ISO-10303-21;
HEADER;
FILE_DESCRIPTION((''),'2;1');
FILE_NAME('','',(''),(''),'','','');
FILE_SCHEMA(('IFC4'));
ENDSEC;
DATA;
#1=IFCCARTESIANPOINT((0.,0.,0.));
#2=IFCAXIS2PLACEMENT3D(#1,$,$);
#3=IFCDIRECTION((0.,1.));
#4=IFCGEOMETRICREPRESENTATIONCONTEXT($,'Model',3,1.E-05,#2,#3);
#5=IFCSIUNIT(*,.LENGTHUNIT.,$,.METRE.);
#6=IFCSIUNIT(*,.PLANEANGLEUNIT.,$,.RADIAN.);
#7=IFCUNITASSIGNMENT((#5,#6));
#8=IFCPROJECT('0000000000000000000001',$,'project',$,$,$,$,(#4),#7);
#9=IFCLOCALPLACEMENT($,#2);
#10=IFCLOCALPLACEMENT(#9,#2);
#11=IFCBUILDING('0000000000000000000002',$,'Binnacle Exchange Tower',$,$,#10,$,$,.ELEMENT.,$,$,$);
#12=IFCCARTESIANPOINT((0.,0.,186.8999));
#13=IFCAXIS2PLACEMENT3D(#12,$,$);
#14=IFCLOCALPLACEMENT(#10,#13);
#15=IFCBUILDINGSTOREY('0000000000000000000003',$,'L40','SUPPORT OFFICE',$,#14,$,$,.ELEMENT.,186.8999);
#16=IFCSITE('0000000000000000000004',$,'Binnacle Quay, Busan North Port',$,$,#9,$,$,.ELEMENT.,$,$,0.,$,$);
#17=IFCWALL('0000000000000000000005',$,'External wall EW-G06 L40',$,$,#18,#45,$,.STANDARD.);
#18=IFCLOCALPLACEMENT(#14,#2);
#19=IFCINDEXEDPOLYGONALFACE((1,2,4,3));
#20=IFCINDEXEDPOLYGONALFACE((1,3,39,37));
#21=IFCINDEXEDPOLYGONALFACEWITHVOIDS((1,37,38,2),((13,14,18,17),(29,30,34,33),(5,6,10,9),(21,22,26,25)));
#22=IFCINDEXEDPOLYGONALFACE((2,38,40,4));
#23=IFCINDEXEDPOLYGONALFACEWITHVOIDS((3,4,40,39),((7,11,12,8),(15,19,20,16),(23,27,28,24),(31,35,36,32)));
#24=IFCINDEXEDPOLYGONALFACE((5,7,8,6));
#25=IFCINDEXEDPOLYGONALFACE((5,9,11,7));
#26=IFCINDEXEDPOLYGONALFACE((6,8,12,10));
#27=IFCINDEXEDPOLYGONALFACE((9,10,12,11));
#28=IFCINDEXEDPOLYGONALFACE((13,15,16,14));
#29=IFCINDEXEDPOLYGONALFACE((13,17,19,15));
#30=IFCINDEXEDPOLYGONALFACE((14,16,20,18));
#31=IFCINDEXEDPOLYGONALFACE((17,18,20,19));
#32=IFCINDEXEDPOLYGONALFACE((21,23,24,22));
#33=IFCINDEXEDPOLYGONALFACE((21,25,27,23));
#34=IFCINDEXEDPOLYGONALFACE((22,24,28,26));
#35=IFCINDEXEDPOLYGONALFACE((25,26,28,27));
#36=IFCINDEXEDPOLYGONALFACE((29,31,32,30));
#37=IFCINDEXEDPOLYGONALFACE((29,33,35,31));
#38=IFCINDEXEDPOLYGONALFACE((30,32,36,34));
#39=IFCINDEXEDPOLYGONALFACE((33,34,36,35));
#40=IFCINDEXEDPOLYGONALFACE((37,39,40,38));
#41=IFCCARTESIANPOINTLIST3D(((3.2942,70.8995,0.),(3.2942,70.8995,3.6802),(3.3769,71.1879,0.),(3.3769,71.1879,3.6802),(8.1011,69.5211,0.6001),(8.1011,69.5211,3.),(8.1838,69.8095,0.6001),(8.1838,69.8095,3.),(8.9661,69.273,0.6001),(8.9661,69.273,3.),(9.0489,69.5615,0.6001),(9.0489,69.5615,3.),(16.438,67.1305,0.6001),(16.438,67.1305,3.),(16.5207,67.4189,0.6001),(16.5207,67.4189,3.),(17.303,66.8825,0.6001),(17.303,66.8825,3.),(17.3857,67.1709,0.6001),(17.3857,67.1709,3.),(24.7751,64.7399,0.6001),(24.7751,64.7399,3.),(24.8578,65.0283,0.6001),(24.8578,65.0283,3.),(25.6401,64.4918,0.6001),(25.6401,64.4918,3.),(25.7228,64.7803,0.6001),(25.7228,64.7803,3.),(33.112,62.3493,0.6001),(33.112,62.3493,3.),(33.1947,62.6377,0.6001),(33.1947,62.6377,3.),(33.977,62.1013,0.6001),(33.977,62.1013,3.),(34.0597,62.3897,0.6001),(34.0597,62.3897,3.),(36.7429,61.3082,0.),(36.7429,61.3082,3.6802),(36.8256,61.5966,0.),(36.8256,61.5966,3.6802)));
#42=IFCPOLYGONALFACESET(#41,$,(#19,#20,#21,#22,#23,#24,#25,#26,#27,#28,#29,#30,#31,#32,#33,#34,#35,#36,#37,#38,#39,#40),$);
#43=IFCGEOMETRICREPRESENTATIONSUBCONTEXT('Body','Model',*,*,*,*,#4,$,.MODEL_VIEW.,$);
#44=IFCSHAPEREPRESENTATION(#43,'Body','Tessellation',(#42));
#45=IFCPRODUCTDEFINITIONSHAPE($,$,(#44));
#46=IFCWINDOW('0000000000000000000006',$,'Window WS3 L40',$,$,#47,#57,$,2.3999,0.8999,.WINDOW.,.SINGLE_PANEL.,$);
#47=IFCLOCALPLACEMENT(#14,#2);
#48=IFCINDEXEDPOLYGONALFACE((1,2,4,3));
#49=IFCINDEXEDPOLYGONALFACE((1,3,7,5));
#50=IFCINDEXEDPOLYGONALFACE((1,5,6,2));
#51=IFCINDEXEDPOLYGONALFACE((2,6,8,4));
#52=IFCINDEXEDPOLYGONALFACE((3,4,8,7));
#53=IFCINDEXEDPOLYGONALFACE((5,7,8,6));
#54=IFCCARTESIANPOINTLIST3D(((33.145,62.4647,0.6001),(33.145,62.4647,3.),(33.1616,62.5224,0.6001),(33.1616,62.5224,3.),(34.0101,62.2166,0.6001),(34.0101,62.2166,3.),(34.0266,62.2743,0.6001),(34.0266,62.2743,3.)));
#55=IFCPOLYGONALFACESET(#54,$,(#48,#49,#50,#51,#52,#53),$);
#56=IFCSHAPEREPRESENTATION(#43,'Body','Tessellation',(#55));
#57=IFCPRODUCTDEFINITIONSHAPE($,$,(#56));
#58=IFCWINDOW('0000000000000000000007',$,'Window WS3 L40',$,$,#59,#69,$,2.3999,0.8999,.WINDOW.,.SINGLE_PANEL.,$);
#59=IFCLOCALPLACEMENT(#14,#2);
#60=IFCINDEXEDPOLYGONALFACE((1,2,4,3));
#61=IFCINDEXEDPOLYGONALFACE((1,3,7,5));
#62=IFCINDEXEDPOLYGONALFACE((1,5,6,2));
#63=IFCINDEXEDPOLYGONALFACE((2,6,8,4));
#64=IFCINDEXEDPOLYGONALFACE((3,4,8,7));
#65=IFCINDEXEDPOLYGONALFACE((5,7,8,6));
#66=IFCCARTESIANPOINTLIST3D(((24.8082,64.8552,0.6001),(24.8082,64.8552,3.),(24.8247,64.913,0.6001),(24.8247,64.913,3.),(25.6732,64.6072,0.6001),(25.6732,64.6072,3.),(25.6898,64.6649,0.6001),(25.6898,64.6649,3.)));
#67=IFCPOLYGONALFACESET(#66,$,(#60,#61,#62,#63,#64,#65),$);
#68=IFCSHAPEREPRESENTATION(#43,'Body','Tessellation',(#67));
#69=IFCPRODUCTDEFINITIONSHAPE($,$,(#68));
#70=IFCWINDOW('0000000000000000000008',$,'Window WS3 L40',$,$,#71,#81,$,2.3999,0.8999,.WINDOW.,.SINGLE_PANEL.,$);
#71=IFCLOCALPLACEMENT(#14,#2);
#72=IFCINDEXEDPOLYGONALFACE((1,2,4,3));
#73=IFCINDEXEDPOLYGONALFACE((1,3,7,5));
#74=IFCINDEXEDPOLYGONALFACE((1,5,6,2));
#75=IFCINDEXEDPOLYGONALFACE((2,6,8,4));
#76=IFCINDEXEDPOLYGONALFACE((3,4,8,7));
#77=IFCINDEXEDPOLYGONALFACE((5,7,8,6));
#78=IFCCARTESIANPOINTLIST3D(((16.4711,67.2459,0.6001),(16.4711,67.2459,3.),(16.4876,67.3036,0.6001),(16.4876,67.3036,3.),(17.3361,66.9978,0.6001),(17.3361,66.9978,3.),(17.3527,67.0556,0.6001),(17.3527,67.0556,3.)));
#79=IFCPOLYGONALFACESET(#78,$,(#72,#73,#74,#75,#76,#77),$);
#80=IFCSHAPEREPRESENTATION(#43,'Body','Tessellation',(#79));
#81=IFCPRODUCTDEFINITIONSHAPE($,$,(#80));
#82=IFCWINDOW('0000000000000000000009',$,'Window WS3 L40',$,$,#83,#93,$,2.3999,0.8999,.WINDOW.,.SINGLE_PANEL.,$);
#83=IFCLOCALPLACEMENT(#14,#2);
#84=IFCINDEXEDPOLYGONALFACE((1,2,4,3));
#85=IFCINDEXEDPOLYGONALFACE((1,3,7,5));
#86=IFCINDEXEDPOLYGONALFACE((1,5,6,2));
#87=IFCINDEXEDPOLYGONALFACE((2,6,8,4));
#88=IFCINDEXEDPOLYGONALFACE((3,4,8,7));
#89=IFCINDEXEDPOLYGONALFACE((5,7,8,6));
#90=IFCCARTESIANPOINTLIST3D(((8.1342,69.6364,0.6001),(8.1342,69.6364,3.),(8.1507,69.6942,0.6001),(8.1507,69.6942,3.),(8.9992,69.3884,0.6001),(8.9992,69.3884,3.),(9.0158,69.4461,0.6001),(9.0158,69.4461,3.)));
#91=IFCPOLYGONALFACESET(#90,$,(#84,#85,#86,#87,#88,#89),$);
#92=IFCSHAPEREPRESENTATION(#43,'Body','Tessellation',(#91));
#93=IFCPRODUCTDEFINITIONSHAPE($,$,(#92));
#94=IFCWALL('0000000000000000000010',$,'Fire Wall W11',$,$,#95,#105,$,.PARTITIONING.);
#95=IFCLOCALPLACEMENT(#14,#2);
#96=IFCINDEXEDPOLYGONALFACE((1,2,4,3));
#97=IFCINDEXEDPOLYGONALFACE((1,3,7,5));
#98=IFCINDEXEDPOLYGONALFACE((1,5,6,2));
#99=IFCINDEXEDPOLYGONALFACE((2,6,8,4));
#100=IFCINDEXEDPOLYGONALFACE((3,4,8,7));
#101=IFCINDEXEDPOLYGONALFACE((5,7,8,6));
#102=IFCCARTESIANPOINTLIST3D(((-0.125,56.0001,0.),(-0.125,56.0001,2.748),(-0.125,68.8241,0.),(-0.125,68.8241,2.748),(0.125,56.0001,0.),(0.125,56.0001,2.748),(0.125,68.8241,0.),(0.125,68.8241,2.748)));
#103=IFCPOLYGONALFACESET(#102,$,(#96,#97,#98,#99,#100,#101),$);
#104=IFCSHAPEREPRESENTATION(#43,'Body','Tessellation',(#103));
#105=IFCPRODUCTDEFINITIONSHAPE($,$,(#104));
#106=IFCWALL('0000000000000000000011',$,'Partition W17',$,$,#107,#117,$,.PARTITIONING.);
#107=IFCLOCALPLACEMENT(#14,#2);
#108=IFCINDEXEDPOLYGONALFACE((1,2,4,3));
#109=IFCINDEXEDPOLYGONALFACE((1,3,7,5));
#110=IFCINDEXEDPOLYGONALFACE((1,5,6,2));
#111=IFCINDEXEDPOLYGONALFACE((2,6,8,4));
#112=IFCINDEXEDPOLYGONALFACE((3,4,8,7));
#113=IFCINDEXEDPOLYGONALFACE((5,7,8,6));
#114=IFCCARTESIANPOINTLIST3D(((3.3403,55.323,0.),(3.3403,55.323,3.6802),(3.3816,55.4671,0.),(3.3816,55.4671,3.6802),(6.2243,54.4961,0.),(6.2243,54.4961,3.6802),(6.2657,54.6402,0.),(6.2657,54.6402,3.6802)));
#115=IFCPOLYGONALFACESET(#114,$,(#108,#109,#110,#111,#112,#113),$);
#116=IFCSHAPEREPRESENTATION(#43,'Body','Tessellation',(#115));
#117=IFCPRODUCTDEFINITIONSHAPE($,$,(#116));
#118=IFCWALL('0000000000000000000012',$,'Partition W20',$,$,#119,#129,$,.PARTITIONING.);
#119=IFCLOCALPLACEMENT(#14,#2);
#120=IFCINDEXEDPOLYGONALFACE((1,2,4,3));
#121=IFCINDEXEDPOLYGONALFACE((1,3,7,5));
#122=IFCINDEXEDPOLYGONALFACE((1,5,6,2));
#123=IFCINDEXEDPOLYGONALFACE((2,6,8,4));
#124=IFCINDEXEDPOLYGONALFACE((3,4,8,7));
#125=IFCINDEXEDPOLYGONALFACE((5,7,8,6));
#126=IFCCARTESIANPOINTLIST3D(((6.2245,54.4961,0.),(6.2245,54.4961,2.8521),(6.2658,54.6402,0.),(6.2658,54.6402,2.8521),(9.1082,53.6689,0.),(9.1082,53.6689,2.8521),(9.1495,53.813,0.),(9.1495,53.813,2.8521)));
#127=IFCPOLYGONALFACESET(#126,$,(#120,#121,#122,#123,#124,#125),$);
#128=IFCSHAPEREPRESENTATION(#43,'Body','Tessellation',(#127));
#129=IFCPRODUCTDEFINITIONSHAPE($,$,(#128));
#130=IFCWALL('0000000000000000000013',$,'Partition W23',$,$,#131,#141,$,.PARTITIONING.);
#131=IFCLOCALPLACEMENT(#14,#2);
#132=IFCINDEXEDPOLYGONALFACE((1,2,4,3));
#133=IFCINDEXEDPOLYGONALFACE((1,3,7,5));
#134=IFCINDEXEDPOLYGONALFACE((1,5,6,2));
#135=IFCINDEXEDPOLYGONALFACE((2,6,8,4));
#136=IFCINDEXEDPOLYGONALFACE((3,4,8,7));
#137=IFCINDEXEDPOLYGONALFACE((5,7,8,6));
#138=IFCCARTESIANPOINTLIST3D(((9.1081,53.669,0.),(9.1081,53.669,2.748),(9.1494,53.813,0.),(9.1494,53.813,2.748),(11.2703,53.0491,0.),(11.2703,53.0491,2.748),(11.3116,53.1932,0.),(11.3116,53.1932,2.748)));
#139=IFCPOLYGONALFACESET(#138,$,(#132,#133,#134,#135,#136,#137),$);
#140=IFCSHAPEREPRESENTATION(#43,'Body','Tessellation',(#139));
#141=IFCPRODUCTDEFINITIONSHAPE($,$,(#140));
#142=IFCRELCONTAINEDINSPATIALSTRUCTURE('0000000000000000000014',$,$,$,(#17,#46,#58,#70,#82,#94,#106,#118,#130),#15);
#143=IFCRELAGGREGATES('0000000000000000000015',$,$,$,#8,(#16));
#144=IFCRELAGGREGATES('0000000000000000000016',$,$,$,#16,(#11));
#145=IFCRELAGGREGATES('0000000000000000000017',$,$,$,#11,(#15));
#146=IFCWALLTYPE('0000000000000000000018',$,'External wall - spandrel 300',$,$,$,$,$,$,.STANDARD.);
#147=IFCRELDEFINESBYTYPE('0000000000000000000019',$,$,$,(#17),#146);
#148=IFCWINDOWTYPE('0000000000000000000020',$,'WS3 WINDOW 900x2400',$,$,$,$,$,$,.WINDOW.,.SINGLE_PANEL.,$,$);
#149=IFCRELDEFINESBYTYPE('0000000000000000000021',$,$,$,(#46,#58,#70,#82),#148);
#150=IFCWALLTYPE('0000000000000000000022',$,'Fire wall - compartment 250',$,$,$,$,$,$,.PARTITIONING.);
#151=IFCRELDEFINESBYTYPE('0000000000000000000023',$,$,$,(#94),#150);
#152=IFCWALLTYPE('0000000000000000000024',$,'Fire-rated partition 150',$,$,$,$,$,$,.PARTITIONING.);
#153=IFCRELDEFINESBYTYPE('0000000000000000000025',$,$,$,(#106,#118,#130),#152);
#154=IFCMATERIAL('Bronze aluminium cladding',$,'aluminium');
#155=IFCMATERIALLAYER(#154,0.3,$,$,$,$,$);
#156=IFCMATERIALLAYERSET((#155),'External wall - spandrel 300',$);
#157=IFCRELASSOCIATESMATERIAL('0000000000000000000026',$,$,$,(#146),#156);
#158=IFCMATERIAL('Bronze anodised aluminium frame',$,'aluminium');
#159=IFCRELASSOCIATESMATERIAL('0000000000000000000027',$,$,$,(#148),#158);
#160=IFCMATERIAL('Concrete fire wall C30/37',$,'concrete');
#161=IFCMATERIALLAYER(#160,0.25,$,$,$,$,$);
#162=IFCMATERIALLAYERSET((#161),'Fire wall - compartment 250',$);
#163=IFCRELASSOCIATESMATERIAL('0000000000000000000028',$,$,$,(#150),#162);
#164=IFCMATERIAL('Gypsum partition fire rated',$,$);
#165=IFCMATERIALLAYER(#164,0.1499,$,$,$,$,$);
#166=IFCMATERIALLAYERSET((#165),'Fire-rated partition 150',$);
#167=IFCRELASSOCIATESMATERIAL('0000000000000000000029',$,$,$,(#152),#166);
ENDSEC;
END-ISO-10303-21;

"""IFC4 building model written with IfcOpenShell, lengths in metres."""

from ifc_helpers import new_model, si_unit, direction, frame, frame_2d, origin, place, context, subcontext, project, spatial, rectangle, extrude, material, layer, layer_set, type_object, element, fill, save


model = new_model("IFC4")

# Units and contexts
model_context = context("Model", 3, precision=1e-05, world=origin(), true_north=direction((0.0, 1.0)))
body_context = subcontext(model_context, "Body", "Model", "MODEL_VIEW")
ifc_project = project(units=[si_unit("LENGTHUNIT", "METRE"), si_unit("PLANEANGLEUNIT", "RADIAN")], contexts=[model_context])

# Site, building, storey
site_placement = place(None, origin())
site = spatial("IfcSite", under=ifc_project, at=site_placement, Name="Binnacle Quay, Busan North Port", CompositionType="ELEMENT", RefElevation=0.0)
building_placement = place(site_placement, origin())
building = spatial("IfcBuilding", under=site, at=building_placement, Name="Binnacle Exchange Tower", CompositionType="ELEMENT")
storey_placement = place(building_placement, frame((0.0, 0.0, 186.8999)))
storey = spatial("IfcBuildingStorey", under=building, at=storey_placement, Name="L40", Description="SUPPORT OFFICE", CompositionType="ELEMENT", Elevation=186.8999)

# Wall, openings, windows
ifc_material_1 = material(Name="Bronze aluminium cladding", Category="aluminium")
ifc_layer_1 = layer(ifc_material_1, 0.3)
ifc_layer_set_1 = layer_set([ifc_layer_1], Name="External wall - spandrel 300")
wall_type_1 = type_object("IfcWallType", Name="External wall - spandrel 300", PredefinedType="STANDARD", material=ifc_layer_set_1)
wall_1_placement = place(storey_placement, frame((3.3354, 71.0437, 0.0), z_axis=(0.0, 0.0, 1.0), x_axis=(0.961261, -0.275638, 0.0)))
wall_1 = element("IfcWall", 1, at=wall_1_placement, inside=storey, type_object=wall_type_1, Name="External wall EW-G06 L40", PredefinedType="STANDARD", context=body_context, shape_type="SweptSolid", body=[
    extrude(rectangle(XDim=34.7966, YDim=0.3, at=frame_2d((17.3984, 0.0))), origin(), (0.0, 0.0, 1.0), 3.6802),
])
opening_1_placement = place(wall_1_placement, frame((31.0195, 0.0, 0.6001)))
opening_1 = element("IfcOpeningElement", 2, at=opening_1_placement, cuts=wall_1, PredefinedType="OPENING", context=body_context, shape_type="SweptSolid", body=[
    extrude(rectangle(XDim=0.8999, YDim=2.3999, at=frame_2d((0.45, 1.2))), frame((0.0, 0.1599, 0.0), z_axis=(0.0, -1.0, 0.0), x_axis=(1.0, 0.0, 0.0)), (0.0, 0.0, 1.0), 0.3201),
])
opening_2_placement = place(wall_1_placement, frame((22.3467, 0.0, 0.6001)))
opening_2 = element("IfcOpeningElement", 3, at=opening_2_placement, cuts=wall_1, PredefinedType="OPENING", context=body_context, shape_type="SweptSolid", body=[
    extrude(rectangle(XDim=0.8999, YDim=2.3999, at=frame_2d((0.45, 1.2))), frame((0.0, 0.1599, 0.0), z_axis=(0.0, -1.0, 0.0), x_axis=(1.0, 0.0, 0.0)), (0.0, 0.0, 1.0), 0.3201),
])
opening_3_placement = place(wall_1_placement, frame((13.6736, 0.0, 0.6001)))
opening_3 = element("IfcOpeningElement", 4, at=opening_3_placement, cuts=wall_1, PredefinedType="OPENING", context=body_context, shape_type="SweptSolid", body=[
    extrude(rectangle(XDim=0.8999, YDim=2.3999, at=frame_2d((0.45, 1.2))), frame((0.0, 0.1599, 0.0), z_axis=(0.0, -1.0, 0.0), x_axis=(1.0, 0.0, 0.0)), (0.0, 0.0, 1.0), 0.3201),
])
opening_4_placement = place(wall_1_placement, frame((5.0007, 0.0, 0.6001)))
opening_4 = element("IfcOpeningElement", 5, at=opening_4_placement, cuts=wall_1, PredefinedType="OPENING", context=body_context, shape_type="SweptSolid", body=[
    extrude(rectangle(XDim=0.8999, YDim=2.3999, at=frame_2d((0.45, 1.2))), frame((0.0, 0.1599, 0.0), z_axis=(0.0, -1.0, 0.0), x_axis=(1.0, 0.0, 0.0)), (0.0, 0.0, 1.0), 0.3201),
])
ifc_material_2 = material(Name="Bronze anodised aluminium frame", Category="aluminium")
window_type = type_object("IfcWindowType", Name="WS3 WINDOW 900x2400", PartitioningType="SINGLE_PANEL", PredefinedType="WINDOW", material=ifc_material_2)
window_1_placement = place(opening_1_placement, origin())
window_1 = element("IfcWindow", 6, at=window_1_placement, inside=storey, type_object=window_type, Name="Window WS3 L40", OverallHeight=2.3999, OverallWidth=0.8999, PartitioningType="SINGLE_PANEL", PredefinedType="WINDOW", context=body_context, shape_type="SweptSolid", body=[
    extrude(rectangle(XDim=0.8999, YDim=2.3999, at=frame_2d((0.45, 1.2))), frame((0.0, 0.03, 0.0), z_axis=(0.0, -1.0, 0.0), x_axis=(1.0, 0.0, 0.0)), (0.0, 0.0, 1.0), 0.0601),
])
fill(opening_1, window_1)
window_2_placement = place(opening_2_placement, origin())
window_2 = element("IfcWindow", 7, at=window_2_placement, inside=storey, type_object=window_type, Name="Window WS3 L40", OverallHeight=2.3999, OverallWidth=0.8999, PartitioningType="SINGLE_PANEL", PredefinedType="WINDOW", context=body_context, shape_type="SweptSolid", body=[
    extrude(rectangle(XDim=0.8999, YDim=2.3999, at=frame_2d((0.45, 1.2))), frame((0.0, 0.03, 0.0), z_axis=(0.0, -1.0, 0.0), x_axis=(1.0, 0.0, 0.0)), (0.0, 0.0, 1.0), 0.0601),
])
fill(opening_2, window_2)
window_3_placement = place(opening_3_placement, origin())
window_3 = element("IfcWindow", 8, at=window_3_placement, inside=storey, type_object=window_type, Name="Window WS3 L40", OverallHeight=2.3999, OverallWidth=0.8999, PartitioningType="SINGLE_PANEL", PredefinedType="WINDOW", context=body_context, shape_type="SweptSolid", body=[
    extrude(rectangle(XDim=0.8999, YDim=2.3999, at=frame_2d((0.45, 1.2))), frame((0.0, 0.03, 0.0), z_axis=(0.0, -1.0, 0.0), x_axis=(1.0, 0.0, 0.0)), (0.0, 0.0, 1.0), 0.0601),
])
fill(opening_3, window_3)
window_4_placement = place(opening_4_placement, origin())
window_4 = element("IfcWindow", 9, at=window_4_placement, inside=storey, type_object=window_type, Name="Window WS3 L40", OverallHeight=2.3999, OverallWidth=0.8999, PartitioningType="SINGLE_PANEL", PredefinedType="WINDOW", context=body_context, shape_type="SweptSolid", body=[
    extrude(rectangle(XDim=0.8999, YDim=2.3999, at=frame_2d((0.45, 1.2))), frame((0.0, 0.03, 0.0), z_axis=(0.0, -1.0, 0.0), x_axis=(1.0, 0.0, 0.0)), (0.0, 0.0, 1.0), 0.0601),
])
fill(opening_4, window_4)

# Walls
ifc_material_3 = material(Name="Concrete fire wall C30/37", Category="concrete")
ifc_layer_2 = layer(ifc_material_3, 0.25)
ifc_layer_set_2 = layer_set([ifc_layer_2], Name="Fire wall - compartment 250")
wall_type_2 = type_object("IfcWallType", Name="Fire wall - compartment 250", PredefinedType="PARTITIONING", material=ifc_layer_set_2)
wall_2_placement = place(storey_placement, frame((0.0, 56.0, 0.0), z_axis=(0.0, 0.0, 1.0), x_axis=(0.0, 1.0, 0.0)))
element("IfcWall", 10, at=wall_2_placement, inside=storey, type_object=wall_type_2, Name="Fire Wall W11", PredefinedType="PARTITIONING", context=body_context, shape_type="SweptSolid", body=[
    extrude(rectangle(XDim=12.824, YDim=0.25, at=frame_2d((6.4121, 0.0))), origin(), (0.0, 0.0, 1.0), 2.748),
])
ifc_material_4 = material(Name="Gypsum partition fire rated")
ifc_layer_3 = layer(ifc_material_4, 0.1499)
ifc_layer_set_3 = layer_set([ifc_layer_3], Name="Fire-rated partition 150")
wall_type_3 = type_object("IfcWallType", Name="Fire-rated partition 150", PredefinedType="PARTITIONING", material=ifc_layer_set_3)
wall_3_placement = place(storey_placement, frame((3.3611, 55.395, 0.0), z_axis=(0.0, 0.0, 1.0), x_axis=(0.961269, -0.275613, 0.0)))
element("IfcWall", 11, at=wall_3_placement, inside=storey, type_object=wall_type_3, Name="Partition W17", PredefinedType="PARTITIONING", context=body_context, shape_type="SweptSolid", body=[
    extrude(rectangle(XDim=3.0002, YDim=0.1499, at=frame_2d((1.5, 0.0))), origin(), (0.0, 0.0, 1.0), 3.6802),
])
wall_4_placement = place(storey_placement, frame((6.2451, 54.5681, 0.0), z_axis=(0.0, 0.0, 1.0), x_axis=(0.961241, -0.27571, 0.0)))
element("IfcWall", 12, at=wall_4_placement, inside=storey, type_object=wall_type_3, Name="Partition W20", PredefinedType="PARTITIONING", context=body_context, shape_type="SweptSolid", body=[
    extrude(rectangle(XDim=3.0, YDim=0.1499, at=frame_2d((1.5, 0.0))), origin(), (0.0, 0.0, 1.0), 2.8521),
])
wall_5_placement = place(storey_placement, frame((9.1289, 53.741, 0.0), z_axis=(0.0, 0.0, 1.0), x_axis=(0.961274, -0.275596, 0.0)))
element("IfcWall", 13, at=wall_5_placement, inside=storey, type_object=wall_type_3, Name="Partition W23", PredefinedType="PARTITIONING", context=body_context, shape_type="SweptSolid", body=[
    extrude(rectangle(XDim=2.2493, YDim=0.1499, at=frame_2d((1.1245, 0.0))), origin(), (0.0, 0.0, 1.0), 2.748),
])

save(model, "model.ifc")
